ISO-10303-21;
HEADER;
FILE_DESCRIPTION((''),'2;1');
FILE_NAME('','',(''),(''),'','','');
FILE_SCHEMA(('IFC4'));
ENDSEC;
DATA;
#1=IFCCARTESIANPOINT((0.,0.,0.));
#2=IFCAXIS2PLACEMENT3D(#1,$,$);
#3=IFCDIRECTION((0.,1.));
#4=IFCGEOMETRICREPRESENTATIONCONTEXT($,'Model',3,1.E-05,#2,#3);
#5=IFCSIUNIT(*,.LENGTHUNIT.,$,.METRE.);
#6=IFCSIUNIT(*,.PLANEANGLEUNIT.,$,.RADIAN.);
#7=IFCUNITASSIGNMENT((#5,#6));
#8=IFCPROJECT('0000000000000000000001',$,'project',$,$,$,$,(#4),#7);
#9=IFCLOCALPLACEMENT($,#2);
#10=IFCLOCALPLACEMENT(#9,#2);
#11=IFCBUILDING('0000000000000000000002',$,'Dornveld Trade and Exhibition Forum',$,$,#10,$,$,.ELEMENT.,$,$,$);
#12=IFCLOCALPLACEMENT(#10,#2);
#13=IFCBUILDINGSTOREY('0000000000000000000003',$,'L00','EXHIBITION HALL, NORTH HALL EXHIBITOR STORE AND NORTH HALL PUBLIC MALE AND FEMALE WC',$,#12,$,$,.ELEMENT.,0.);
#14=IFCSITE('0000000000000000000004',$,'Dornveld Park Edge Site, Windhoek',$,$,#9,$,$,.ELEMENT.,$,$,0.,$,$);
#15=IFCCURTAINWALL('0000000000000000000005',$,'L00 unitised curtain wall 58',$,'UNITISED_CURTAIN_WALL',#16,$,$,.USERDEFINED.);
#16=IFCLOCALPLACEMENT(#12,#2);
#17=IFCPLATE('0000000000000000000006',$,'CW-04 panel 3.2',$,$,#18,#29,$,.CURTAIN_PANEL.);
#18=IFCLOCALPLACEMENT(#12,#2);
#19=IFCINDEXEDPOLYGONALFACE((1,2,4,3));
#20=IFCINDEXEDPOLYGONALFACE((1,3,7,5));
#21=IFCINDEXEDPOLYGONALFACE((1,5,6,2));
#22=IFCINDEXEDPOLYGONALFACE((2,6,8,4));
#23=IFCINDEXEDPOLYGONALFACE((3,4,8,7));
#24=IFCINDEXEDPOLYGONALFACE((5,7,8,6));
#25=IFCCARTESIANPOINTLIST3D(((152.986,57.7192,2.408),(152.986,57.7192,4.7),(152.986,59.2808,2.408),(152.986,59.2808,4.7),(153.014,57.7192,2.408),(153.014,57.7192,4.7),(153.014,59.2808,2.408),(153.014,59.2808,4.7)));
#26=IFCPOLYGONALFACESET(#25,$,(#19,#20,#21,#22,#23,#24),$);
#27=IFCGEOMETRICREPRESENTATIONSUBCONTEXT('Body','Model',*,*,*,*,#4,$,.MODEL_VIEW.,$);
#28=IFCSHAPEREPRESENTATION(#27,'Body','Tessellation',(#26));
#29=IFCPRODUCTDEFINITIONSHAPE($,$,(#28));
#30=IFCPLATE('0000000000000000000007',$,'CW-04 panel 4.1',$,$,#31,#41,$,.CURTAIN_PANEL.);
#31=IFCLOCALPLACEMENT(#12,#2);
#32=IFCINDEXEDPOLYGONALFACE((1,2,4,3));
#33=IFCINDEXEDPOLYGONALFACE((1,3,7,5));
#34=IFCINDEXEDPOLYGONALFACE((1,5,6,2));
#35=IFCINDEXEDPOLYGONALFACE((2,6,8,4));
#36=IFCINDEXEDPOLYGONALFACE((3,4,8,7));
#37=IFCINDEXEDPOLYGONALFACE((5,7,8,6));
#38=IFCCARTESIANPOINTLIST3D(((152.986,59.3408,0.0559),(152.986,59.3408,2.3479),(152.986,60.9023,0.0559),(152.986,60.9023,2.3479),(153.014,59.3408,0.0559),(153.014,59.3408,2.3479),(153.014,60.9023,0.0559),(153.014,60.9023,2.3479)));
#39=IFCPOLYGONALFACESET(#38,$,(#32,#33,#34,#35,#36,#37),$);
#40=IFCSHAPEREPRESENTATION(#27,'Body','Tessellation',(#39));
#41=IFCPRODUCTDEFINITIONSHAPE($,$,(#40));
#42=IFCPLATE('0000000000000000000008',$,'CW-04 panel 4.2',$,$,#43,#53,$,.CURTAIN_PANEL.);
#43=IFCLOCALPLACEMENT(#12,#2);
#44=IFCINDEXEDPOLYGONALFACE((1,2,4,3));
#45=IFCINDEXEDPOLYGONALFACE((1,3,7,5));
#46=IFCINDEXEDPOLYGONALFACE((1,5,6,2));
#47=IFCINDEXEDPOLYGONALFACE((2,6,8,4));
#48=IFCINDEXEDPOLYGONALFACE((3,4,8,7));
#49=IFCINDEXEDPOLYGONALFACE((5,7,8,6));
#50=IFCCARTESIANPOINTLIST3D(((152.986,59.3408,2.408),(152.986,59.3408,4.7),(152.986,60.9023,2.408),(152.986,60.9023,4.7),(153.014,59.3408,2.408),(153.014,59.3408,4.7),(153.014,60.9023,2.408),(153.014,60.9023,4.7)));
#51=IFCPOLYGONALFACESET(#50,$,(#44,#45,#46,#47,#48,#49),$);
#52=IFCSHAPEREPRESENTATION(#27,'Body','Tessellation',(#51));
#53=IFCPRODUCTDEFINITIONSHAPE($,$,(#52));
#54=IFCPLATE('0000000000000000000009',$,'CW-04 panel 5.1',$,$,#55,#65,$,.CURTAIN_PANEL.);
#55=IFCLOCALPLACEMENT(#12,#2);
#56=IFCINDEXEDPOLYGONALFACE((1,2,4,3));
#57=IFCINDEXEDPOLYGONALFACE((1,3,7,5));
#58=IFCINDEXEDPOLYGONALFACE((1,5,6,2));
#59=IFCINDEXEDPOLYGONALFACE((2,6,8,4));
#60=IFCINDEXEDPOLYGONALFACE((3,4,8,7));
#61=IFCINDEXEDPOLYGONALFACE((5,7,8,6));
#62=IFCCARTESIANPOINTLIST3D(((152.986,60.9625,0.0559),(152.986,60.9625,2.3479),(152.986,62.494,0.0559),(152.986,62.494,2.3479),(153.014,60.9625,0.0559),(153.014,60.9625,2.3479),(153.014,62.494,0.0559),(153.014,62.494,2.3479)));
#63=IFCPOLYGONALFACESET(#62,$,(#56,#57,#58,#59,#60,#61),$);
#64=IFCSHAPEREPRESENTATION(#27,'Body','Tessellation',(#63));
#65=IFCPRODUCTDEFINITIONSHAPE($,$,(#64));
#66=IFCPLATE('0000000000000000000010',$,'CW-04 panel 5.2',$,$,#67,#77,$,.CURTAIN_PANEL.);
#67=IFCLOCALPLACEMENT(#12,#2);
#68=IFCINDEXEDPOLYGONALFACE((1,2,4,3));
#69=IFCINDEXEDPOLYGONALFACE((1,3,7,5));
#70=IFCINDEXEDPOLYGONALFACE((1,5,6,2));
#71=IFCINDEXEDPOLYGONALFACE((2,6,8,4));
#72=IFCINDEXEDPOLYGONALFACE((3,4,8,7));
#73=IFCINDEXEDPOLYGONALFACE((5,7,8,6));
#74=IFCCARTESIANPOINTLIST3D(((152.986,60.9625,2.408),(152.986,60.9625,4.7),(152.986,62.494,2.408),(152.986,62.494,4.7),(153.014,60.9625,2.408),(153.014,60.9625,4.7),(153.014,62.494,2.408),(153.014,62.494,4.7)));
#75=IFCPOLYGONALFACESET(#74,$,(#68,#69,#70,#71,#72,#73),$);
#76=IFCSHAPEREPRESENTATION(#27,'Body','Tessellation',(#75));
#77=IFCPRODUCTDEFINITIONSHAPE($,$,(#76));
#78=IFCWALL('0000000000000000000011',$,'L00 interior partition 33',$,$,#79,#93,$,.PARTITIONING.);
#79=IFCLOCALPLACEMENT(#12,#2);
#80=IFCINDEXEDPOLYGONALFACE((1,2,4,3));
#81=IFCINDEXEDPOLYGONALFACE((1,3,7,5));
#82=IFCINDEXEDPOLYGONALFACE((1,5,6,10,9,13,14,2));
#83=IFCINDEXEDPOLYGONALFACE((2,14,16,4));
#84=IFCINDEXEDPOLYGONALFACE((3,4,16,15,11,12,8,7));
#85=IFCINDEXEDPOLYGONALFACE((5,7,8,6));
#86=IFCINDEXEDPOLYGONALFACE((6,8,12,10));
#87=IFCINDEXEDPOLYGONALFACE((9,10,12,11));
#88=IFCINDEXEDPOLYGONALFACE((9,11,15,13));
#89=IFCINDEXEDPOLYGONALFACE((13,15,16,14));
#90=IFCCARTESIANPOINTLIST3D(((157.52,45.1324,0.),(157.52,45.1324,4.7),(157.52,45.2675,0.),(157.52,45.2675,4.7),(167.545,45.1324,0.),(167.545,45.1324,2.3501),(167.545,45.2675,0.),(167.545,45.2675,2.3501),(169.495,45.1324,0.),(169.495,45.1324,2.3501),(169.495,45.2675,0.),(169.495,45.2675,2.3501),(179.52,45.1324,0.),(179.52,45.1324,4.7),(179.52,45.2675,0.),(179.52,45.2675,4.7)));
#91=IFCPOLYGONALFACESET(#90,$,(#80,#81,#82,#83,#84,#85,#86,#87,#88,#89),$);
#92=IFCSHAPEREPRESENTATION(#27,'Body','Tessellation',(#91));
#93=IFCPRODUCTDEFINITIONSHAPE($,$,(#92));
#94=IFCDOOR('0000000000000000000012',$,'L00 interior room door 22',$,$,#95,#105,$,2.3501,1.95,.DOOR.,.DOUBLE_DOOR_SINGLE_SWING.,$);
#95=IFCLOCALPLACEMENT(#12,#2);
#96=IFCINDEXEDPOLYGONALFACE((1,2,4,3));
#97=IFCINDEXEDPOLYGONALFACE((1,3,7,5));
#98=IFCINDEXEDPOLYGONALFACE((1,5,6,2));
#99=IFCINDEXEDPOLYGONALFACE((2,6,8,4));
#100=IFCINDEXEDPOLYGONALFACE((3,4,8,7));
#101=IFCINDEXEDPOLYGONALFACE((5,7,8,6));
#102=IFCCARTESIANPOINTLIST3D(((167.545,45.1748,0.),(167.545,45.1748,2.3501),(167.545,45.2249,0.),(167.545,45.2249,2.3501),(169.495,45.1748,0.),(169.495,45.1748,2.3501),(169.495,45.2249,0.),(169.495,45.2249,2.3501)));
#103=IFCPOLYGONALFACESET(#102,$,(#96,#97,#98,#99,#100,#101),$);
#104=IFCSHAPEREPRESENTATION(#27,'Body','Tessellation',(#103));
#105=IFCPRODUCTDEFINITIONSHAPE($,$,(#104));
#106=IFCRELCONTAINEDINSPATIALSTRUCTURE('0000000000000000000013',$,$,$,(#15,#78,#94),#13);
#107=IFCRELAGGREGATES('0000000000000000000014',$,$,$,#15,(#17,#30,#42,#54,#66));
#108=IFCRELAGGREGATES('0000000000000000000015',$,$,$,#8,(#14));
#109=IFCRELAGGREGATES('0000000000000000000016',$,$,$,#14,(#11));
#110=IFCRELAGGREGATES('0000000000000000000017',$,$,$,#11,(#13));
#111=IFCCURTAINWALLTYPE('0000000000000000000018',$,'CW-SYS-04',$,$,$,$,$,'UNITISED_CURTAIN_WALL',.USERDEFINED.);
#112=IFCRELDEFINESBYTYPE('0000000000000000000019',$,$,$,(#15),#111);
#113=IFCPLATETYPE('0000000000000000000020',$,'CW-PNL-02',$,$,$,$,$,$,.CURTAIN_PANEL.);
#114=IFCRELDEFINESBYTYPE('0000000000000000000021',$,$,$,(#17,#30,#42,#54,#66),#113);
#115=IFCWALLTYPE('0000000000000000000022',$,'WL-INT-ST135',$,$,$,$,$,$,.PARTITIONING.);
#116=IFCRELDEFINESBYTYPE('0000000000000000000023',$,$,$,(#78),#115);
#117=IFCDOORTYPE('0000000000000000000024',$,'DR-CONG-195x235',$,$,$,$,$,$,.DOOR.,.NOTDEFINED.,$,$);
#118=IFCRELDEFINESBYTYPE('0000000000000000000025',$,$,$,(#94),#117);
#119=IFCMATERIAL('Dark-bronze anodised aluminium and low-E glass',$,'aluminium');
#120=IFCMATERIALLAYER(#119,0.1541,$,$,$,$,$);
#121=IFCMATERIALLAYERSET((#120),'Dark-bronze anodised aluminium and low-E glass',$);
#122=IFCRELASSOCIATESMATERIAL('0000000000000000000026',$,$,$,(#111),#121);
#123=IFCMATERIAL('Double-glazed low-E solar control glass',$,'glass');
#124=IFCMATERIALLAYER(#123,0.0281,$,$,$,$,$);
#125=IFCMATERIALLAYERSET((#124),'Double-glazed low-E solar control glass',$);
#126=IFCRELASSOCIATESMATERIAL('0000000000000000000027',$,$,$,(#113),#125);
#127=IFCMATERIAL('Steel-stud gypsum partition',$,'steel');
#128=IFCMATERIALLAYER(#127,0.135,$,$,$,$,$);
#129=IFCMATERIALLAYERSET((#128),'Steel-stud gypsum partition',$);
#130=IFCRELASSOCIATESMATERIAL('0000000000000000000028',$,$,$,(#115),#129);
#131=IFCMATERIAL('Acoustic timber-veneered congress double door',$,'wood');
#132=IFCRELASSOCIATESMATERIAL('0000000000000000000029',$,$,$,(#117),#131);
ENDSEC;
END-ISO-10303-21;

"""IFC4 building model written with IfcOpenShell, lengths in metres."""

from ifc_helpers import new_model, si_unit, direction, frame, frame_2d, origin, origin_2d, place, context, subcontext, project, spatial, rectangle, extrude, material, layer, layer_set, type_object, element, fill, aggregate, save


model = new_model("IFC4")

# Units and contexts
model_context = context("Model", 3, precision=1e-05, world=origin(), true_north=direction((0.0, 1.0)))
body_context = subcontext(model_context, "Body", "Model", "MODEL_VIEW")
ifc_project = project(units=[si_unit("LENGTHUNIT", "METRE"), si_unit("PLANEANGLEUNIT", "RADIAN")], contexts=[model_context])

# Site, building, storey
site_placement = place(None, origin())
site = spatial("IfcSite", under=ifc_project, at=site_placement, Name="Dornveld Park Edge Site, Windhoek", CompositionType="ELEMENT", RefElevation=0.0)
building_placement = place(site_placement, origin())
building = spatial("IfcBuilding", under=site, at=building_placement, Name="Dornveld Trade and Exhibition Forum", CompositionType="ELEMENT")
storey_placement = place(building_placement, origin())
storey = spatial("IfcBuildingStorey", under=building, at=storey_placement, Name="L00", Description="EXHIBITION HALL, NORTH HALL EXHIBITOR STORE AND NORTH HALL PUBLIC MALE AND FEMALE WC", CompositionType="ELEMENT", Elevation=0.0)

# Curtain wall, plates
ifc_material_1 = material(Name="Dark-bronze anodised aluminium and low-E glass", Category="aluminium")
ifc_layer_1 = layer(ifc_material_1, 0.1541)
ifc_layer_set_1 = layer_set([ifc_layer_1], Name="Dark-bronze anodised aluminium and low-E glass")
curtain_wall_type = type_object("IfcCurtainWallType", Name="CW-SYS-04", ElementType="UNITISED_CURTAIN_WALL", PredefinedType="USERDEFINED", material=ifc_layer_set_1)
curtain_wall_placement = place(storey_placement, origin())
curtain_wall = element("IfcCurtainWall", 1, at=curtain_wall_placement, inside=storey, type_object=curtain_wall_type, Name="L00 unitised curtain wall 58", ObjectType="UNITISED_CURTAIN_WALL", PredefinedType="USERDEFINED")
ifc_material_2 = material(Name="Double-glazed low-E solar control glass", Category="glass")
ifc_layer_2 = layer(ifc_material_2, 0.0281)
ifc_layer_set_2 = layer_set([ifc_layer_2], Name="Double-glazed low-E solar control glass")
plate_type = type_object("IfcPlateType", Name="CW-PNL-02", PredefinedType="CURTAIN_PANEL", material=ifc_layer_set_2)
plate_1_placement = place(storey_placement, frame((153.0, 58.5, 2.408), z_axis=(0.0, 0.0, 1.0), x_axis=(0.0, 1.0, 0.0)))
plate_1 = element("IfcPlate", 2, at=plate_1_placement, type_object=plate_type, Name="CW-04 panel 3.2", PredefinedType="CURTAIN_PANEL", context=body_context, shape_type="SweptSolid", body=[
    extrude(rectangle(XDim=1.5615, YDim=0.0281, at=origin_2d()), origin(), (0.0, 0.0, 1.0), 2.292),
])
plate_2_placement = place(storey_placement, frame((153.0, 60.1216, 0.0559), z_axis=(0.0, 0.0, 1.0), x_axis=(0.0, 1.0, 0.0)))
plate_2 = element("IfcPlate", 3, at=plate_2_placement, type_object=plate_type, Name="CW-04 panel 4.1", PredefinedType="CURTAIN_PANEL", context=body_context, shape_type="SweptSolid", body=[
    extrude(rectangle(XDim=1.5615, YDim=0.0281, at=origin_2d()), origin(), (0.0, 0.0, 1.0), 2.292),
])
plate_3_placement = place(storey_placement, frame((153.0, 60.1216, 2.408), z_axis=(0.0, 0.0, 1.0), x_axis=(0.0, 1.0, 0.0)))
plate_3 = element("IfcPlate", 4, at=plate_3_placement, type_object=plate_type, Name="CW-04 panel 4.2", PredefinedType="CURTAIN_PANEL", context=body_context, shape_type="SweptSolid", body=[
    extrude(rectangle(XDim=1.5615, YDim=0.0281, at=origin_2d()), origin(), (0.0, 0.0, 1.0), 2.292),
])
plate_4_placement = place(storey_placement, frame((153.0, 61.7283, 0.0559), z_axis=(0.0, 0.0, 1.0), x_axis=(0.0, 1.0, 0.0)))
plate_4 = element("IfcPlate", 5, at=plate_4_placement, type_object=plate_type, Name="CW-04 panel 5.1", PredefinedType="CURTAIN_PANEL", context=body_context, shape_type="SweptSolid", body=[
    extrude(rectangle(XDim=1.5315, YDim=0.0281, at=origin_2d()), origin(), (0.0, 0.0, 1.0), 2.292),
])
plate_5_placement = place(storey_placement, frame((153.0, 61.7283, 2.408), z_axis=(0.0, 0.0, 1.0), x_axis=(0.0, 1.0, 0.0)))
plate_5 = element("IfcPlate", 6, at=plate_5_placement, type_object=plate_type, Name="CW-04 panel 5.2", PredefinedType="CURTAIN_PANEL", context=body_context, shape_type="SweptSolid", body=[
    extrude(rectangle(XDim=1.5315, YDim=0.0281, at=origin_2d()), origin(), (0.0, 0.0, 1.0), 2.292),
])
aggregate(curtain_wall, [plate_1, plate_2, plate_3, plate_4, plate_5])

# Wall, opening, door
ifc_material_3 = material(Name="Steel-stud gypsum partition", Category="steel")
ifc_layer_3 = layer(ifc_material_3, 0.135)
ifc_layer_set_3 = layer_set([ifc_layer_3], Name="Steel-stud gypsum partition")
wall_type = type_object("IfcWallType", Name="WL-INT-ST135", PredefinedType="PARTITIONING", material=ifc_layer_set_3)
wall_placement = place(storey_placement, frame((157.52, 45.2, 0.0), z_axis=(0.0, 0.0, 1.0), x_axis=(1.0, 0.0, 0.0)))
wall = element("IfcWall", 7, at=wall_placement, inside=storey, type_object=wall_type, Name="L00 interior partition 33", PredefinedType="PARTITIONING", context=body_context, shape_type="SweptSolid", body=[
    extrude(rectangle(XDim=22.0, YDim=0.135, at=frame_2d((11.0, 0.0))), origin(), (0.0, 0.0, 1.0), 4.7),
])
opening_placement = place(wall_placement, frame((10.0249, 0.0, 0.0)))
opening = element("IfcOpeningElement", 8, at=opening_placement, cuts=wall, PredefinedType="OPENING", context=body_context, shape_type="SweptSolid", body=[
    extrude(rectangle(XDim=1.95, YDim=2.3501, at=frame_2d((0.9751, 1.175))), frame((0.0, 0.0774, 0.0), z_axis=(0.0, -1.0, 0.0), x_axis=(1.0, 0.0, 0.0)), (0.0, 0.0, 1.0), 0.155),
])
ifc_material_4 = material(Name="Acoustic timber-veneered congress double door", Category="wood")
door_type = type_object("IfcDoorType", Name="DR-CONG-195x235", OperationType="NOTDEFINED", PredefinedType="DOOR", material=ifc_material_4)
door_placement = place(opening_placement, origin())
door = element("IfcDoor", 9, at=door_placement, inside=storey, type_object=door_type, Name="L00 interior room door 22", OperationType="DOUBLE_DOOR_SINGLE_SWING", OverallHeight=2.3501, OverallWidth=1.95, PredefinedType="DOOR", context=body_context, shape_type="SweptSolid", body=[
    extrude(rectangle(XDim=1.95, YDim=2.3501, at=frame_2d((0.9751, 1.175))), frame((0.0, 0.0249, 0.0), z_axis=(0.0, -1.0, 0.0), x_axis=(1.0, 0.0, 0.0)), (0.0, 0.0, 1.0), 0.05),
])
fill(opening, door)

save(model, "model.ifc")
